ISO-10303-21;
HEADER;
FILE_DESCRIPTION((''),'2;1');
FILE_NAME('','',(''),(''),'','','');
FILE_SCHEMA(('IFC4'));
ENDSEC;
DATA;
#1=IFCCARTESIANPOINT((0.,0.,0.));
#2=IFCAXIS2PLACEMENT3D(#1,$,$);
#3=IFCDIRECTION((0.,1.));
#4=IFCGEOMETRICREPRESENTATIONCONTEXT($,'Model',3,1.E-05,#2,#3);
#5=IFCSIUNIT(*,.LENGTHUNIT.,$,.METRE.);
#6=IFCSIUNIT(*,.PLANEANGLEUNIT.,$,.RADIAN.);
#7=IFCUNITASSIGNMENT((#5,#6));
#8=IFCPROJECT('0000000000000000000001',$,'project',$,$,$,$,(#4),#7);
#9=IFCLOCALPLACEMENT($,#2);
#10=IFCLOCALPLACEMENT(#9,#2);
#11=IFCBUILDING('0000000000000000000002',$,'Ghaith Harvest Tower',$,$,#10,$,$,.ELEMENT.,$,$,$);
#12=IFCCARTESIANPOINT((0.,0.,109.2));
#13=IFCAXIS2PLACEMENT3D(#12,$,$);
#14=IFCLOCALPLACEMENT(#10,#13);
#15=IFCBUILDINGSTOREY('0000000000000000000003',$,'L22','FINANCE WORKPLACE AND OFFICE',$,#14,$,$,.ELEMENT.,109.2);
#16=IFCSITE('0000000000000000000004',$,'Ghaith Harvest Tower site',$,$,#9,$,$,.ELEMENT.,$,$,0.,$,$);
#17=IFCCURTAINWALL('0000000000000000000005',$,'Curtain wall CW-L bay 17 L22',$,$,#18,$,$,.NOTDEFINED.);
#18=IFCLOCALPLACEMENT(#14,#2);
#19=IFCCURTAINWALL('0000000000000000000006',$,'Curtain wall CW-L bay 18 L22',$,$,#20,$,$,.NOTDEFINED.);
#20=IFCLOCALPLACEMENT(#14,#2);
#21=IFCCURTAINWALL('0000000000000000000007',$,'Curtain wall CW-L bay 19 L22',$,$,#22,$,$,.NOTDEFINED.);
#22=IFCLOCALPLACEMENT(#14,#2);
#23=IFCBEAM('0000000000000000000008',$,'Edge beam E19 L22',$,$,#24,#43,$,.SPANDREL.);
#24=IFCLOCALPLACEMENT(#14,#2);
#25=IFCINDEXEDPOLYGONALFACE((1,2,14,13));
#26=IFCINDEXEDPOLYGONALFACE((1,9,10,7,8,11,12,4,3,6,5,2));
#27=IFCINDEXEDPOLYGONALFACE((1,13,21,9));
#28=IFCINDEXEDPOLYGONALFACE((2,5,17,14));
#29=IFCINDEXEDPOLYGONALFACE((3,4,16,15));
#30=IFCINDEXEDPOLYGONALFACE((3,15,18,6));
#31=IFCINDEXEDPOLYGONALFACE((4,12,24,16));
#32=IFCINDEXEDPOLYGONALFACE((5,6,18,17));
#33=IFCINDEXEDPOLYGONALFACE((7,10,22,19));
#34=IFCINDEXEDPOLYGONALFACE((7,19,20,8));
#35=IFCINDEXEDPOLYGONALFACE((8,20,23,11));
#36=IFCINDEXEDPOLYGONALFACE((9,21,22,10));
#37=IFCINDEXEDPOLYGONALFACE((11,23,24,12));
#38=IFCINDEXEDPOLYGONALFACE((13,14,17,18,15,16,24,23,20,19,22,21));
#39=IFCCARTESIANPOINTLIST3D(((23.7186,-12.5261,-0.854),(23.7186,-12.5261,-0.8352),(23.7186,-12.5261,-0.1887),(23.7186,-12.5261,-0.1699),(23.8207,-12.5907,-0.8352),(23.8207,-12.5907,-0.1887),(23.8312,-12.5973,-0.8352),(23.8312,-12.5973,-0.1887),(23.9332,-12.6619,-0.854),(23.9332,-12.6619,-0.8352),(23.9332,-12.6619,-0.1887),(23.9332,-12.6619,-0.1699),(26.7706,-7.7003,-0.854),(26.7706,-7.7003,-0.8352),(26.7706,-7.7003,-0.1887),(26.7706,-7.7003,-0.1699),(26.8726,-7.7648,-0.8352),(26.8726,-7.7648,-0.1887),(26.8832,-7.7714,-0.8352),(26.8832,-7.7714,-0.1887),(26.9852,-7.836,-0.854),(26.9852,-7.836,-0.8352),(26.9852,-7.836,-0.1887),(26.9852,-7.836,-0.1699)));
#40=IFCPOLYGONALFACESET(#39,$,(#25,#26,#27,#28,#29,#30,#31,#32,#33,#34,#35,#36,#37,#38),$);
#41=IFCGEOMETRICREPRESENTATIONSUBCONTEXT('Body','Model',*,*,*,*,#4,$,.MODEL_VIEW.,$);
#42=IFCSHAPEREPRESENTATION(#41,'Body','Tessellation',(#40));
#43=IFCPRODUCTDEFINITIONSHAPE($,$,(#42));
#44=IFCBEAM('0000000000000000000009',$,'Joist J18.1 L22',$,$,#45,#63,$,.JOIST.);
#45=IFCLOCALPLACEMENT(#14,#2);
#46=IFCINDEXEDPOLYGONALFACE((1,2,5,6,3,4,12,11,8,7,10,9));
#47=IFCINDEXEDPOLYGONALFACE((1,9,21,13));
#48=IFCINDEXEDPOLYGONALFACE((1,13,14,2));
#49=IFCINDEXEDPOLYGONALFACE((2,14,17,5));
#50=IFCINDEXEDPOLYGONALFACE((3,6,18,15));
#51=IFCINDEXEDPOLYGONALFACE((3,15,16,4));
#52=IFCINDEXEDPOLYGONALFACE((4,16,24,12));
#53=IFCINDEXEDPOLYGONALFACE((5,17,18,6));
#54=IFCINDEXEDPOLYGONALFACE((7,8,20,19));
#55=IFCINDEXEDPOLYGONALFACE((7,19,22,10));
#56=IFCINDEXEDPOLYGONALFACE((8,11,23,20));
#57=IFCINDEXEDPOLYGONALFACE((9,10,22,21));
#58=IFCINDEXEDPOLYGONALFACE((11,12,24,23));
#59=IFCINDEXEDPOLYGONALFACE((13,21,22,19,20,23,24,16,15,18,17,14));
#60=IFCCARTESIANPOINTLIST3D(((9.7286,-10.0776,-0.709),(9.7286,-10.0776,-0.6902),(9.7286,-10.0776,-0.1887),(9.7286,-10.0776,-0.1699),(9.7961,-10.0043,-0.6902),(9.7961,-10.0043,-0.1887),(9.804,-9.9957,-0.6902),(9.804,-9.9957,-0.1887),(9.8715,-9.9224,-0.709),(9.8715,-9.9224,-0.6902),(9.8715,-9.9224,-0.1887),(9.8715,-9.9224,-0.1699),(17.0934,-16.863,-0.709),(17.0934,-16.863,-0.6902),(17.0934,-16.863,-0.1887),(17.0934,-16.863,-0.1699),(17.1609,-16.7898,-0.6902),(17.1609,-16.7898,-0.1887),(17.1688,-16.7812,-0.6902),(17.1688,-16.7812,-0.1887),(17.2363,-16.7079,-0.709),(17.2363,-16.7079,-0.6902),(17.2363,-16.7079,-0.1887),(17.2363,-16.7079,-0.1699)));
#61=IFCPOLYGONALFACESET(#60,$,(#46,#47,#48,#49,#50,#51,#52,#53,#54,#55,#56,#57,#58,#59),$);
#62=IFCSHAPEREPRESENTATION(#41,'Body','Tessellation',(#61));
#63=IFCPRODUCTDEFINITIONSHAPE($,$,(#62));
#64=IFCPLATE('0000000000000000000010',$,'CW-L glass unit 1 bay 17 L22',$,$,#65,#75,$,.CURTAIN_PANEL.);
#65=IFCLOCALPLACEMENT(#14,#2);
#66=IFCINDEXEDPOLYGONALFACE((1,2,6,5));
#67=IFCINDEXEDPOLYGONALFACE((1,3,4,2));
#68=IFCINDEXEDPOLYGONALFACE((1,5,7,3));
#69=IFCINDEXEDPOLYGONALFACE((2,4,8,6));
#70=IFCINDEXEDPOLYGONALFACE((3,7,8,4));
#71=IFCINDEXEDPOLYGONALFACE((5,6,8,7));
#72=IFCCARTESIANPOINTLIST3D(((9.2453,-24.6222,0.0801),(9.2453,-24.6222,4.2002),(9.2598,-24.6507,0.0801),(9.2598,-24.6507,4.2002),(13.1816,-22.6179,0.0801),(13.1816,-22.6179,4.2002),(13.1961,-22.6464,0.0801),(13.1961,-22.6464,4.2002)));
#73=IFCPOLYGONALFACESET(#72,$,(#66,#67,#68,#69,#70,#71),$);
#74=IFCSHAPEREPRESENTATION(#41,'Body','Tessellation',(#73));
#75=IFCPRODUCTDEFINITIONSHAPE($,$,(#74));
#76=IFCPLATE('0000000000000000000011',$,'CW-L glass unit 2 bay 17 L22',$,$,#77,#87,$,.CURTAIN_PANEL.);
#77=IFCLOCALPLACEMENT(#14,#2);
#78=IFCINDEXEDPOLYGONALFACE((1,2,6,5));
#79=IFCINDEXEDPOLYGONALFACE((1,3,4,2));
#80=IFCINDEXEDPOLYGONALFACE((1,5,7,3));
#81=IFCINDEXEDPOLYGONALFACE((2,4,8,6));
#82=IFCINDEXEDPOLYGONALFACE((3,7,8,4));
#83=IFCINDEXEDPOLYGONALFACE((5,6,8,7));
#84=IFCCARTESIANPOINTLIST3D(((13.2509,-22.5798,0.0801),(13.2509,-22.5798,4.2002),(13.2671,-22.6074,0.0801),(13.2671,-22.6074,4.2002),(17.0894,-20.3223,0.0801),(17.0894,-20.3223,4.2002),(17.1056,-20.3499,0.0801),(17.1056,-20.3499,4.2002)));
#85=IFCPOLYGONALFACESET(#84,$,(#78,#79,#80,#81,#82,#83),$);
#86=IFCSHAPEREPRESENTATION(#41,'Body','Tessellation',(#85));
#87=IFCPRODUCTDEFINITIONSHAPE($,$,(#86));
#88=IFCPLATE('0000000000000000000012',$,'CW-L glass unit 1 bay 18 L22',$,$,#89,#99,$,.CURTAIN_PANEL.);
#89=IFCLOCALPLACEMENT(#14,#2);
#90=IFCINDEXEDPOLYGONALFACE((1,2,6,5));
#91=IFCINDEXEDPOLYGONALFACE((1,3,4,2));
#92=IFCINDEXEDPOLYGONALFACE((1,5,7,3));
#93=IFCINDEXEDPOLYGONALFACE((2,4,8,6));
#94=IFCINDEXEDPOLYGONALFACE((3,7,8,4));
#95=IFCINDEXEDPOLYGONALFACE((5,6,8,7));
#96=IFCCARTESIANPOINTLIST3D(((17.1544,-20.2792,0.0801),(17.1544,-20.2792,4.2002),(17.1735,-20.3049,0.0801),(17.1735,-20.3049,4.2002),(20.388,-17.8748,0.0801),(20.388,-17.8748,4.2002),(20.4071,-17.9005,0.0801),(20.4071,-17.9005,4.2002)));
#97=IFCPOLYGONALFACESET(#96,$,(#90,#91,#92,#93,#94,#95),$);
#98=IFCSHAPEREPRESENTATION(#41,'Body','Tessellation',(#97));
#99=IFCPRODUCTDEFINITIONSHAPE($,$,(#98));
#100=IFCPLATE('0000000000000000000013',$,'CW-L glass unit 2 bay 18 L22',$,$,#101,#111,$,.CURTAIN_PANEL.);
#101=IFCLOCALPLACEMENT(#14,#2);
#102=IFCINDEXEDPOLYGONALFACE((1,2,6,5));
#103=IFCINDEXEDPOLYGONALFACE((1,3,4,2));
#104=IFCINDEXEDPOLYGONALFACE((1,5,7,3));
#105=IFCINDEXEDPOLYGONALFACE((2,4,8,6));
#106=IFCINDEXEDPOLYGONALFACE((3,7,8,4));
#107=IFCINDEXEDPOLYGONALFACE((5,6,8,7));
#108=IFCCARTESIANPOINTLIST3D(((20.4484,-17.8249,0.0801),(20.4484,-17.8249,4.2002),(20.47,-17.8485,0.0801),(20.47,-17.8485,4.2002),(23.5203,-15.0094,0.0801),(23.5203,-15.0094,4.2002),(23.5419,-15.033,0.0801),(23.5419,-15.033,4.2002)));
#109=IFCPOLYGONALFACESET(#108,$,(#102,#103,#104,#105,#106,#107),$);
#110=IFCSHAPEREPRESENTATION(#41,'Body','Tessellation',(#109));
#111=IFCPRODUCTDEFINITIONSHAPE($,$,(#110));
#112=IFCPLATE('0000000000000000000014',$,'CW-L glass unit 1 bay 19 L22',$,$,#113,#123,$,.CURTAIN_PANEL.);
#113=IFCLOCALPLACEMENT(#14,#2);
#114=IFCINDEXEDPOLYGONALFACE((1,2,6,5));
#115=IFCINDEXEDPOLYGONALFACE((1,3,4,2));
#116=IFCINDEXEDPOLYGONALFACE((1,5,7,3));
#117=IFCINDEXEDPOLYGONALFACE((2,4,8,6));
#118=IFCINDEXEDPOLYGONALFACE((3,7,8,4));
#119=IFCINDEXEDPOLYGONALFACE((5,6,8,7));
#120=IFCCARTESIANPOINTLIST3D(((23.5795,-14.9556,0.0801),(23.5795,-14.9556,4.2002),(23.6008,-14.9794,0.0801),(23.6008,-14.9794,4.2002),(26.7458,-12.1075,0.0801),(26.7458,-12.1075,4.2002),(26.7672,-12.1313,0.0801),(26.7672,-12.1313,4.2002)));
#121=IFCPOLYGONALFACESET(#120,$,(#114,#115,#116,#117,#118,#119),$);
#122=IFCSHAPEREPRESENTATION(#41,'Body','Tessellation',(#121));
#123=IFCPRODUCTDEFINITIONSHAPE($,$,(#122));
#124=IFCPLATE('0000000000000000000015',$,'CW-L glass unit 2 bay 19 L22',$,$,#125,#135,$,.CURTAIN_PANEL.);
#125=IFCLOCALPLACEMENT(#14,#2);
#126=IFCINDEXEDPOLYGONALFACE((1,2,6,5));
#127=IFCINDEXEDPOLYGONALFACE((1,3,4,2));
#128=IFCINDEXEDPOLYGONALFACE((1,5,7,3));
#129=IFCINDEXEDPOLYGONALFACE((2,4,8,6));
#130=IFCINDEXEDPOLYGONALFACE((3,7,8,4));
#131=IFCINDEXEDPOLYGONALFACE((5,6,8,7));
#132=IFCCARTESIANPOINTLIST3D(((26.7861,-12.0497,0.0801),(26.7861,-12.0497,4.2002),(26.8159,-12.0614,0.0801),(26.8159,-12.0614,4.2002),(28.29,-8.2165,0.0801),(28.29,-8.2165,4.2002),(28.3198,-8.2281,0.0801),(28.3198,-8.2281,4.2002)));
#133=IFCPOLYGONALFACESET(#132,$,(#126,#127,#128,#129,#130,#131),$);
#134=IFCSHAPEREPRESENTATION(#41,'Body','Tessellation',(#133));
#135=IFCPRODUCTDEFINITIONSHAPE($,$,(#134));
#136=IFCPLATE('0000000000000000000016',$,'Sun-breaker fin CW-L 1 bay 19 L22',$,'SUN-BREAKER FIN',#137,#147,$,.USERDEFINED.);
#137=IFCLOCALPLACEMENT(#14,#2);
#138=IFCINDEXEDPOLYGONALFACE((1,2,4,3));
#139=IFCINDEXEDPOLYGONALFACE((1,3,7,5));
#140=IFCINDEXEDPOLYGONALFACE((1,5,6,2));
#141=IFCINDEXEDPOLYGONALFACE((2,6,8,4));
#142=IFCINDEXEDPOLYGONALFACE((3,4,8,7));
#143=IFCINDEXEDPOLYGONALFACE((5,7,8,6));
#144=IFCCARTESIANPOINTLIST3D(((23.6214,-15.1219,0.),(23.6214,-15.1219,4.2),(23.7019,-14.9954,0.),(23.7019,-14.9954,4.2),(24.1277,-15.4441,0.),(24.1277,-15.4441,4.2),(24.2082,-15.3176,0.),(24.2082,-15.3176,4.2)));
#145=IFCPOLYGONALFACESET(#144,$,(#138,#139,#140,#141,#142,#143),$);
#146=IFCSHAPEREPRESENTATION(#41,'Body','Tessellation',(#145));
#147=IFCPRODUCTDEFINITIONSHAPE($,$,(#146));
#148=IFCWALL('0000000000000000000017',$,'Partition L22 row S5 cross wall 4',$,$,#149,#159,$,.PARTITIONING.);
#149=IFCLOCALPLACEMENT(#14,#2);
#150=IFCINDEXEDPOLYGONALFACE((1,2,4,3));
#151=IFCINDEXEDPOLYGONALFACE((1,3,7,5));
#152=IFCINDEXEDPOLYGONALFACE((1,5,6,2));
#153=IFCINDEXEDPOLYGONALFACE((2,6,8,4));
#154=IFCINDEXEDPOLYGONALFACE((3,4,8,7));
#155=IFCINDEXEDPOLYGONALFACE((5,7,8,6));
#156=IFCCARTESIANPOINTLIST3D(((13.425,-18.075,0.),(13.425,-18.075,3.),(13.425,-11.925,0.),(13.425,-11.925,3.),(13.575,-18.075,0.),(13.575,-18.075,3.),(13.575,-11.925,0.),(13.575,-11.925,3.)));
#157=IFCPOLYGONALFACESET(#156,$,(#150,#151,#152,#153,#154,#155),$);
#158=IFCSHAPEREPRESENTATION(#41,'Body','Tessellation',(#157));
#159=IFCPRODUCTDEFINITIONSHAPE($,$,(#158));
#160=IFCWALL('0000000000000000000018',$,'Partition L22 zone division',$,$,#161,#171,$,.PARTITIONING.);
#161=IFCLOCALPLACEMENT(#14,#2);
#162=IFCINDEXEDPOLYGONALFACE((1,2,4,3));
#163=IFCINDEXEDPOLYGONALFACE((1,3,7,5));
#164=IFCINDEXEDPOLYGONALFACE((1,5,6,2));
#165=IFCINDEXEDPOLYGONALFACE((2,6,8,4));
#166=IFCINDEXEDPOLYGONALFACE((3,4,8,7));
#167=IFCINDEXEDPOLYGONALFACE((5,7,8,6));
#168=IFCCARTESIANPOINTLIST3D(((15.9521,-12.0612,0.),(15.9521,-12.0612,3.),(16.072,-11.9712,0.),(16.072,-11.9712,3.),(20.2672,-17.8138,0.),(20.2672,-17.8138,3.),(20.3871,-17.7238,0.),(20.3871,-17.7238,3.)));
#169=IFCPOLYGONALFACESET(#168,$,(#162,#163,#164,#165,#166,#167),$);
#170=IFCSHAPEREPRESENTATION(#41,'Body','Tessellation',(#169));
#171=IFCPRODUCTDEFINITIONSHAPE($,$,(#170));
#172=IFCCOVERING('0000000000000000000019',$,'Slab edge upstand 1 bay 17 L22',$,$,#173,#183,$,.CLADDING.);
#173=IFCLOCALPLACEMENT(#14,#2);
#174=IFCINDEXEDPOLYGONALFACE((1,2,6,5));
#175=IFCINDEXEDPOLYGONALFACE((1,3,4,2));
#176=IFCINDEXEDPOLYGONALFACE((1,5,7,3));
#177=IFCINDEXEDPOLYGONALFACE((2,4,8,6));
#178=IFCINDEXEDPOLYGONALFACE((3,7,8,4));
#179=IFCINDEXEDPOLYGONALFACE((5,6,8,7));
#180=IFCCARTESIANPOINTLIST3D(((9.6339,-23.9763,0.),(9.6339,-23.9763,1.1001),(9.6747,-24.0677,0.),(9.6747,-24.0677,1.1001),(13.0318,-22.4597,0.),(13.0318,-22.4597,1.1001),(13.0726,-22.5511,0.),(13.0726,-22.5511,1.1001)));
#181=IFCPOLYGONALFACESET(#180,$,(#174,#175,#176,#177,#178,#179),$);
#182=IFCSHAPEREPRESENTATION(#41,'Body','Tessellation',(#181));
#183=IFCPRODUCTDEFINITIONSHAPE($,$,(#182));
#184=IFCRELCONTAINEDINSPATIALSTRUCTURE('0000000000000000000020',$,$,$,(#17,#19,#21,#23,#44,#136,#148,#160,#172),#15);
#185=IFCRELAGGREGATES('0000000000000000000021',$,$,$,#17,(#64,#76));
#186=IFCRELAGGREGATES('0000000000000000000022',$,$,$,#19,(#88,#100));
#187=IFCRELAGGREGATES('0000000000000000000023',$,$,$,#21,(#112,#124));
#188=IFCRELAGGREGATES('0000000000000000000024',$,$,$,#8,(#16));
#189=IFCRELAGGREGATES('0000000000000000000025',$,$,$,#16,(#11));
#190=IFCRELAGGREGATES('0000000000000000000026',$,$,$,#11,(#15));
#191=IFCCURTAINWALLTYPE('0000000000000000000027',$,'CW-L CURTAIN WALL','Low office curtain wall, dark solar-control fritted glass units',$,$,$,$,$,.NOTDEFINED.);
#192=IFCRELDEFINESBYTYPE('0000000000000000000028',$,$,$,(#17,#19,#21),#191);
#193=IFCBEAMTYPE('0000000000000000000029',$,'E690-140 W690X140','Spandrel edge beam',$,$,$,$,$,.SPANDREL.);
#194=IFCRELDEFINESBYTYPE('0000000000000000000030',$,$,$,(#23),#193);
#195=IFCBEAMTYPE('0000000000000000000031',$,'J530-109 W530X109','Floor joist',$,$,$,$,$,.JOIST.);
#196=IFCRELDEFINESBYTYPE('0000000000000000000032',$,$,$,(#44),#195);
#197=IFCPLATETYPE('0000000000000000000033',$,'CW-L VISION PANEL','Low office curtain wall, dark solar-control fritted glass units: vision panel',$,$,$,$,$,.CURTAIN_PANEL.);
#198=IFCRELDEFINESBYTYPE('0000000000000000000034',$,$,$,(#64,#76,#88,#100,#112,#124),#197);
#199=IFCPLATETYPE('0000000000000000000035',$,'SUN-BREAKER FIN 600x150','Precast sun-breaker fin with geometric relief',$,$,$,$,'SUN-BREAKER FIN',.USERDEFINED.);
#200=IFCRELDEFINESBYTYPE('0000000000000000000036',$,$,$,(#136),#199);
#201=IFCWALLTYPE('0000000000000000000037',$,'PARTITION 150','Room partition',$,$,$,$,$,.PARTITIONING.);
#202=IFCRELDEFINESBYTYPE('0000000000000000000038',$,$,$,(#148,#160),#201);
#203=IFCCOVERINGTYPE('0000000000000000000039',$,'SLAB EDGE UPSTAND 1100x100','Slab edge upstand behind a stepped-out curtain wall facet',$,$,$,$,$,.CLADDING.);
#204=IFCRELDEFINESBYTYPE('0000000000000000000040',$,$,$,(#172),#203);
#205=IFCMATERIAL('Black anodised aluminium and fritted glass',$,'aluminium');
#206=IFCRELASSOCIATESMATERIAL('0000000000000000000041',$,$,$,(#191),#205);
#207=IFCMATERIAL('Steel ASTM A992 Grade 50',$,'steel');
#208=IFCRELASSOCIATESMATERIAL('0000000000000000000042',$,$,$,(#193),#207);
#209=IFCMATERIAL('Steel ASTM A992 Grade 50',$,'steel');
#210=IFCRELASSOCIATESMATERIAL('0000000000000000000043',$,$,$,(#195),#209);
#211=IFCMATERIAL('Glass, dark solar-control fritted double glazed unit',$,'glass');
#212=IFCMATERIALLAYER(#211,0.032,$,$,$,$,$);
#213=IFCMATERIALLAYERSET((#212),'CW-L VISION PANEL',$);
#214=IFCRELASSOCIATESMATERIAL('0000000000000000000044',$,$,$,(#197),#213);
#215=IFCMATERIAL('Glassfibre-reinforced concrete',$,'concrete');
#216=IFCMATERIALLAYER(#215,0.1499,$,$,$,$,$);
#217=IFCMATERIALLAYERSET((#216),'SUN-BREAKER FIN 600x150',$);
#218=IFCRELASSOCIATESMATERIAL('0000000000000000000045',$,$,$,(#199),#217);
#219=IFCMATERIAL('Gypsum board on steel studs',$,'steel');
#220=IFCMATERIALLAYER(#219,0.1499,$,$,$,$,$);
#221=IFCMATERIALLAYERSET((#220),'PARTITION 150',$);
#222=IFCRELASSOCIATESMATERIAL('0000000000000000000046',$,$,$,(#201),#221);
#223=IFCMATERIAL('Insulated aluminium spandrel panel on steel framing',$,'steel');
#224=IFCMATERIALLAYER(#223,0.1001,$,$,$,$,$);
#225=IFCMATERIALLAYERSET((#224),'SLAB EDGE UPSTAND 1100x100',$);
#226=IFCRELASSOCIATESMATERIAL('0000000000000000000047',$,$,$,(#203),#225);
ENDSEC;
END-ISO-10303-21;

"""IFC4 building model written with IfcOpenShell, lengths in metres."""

from ifc_helpers import new_model, si_unit, direction, frame, frame_2d, origin, origin_2d, place, context, subcontext, project, spatial, rectangle, i_section, extrude, material, layer, layer_set, material_profile, profile_set, type_object, element, aggregate, save


model = new_model("IFC4")

# Units and contexts
model_context = context("Model", 3, precision=1e-05, world=origin(), true_north=direction((0.0, 1.0)))
body_context = subcontext(model_context, "Body", "Model", "MODEL_VIEW")
ifc_project = project(units=[si_unit("LENGTHUNIT", "METRE"), si_unit("PLANEANGLEUNIT", "RADIAN")], contexts=[model_context])

# Site, building, storey
site_placement = place(None, origin())
site = spatial("IfcSite", under=ifc_project, at=site_placement, Name="Ghaith Harvest Tower site", CompositionType="ELEMENT", RefElevation=0.0)
building_placement = place(site_placement, origin())
building = spatial("IfcBuilding", under=site, at=building_placement, Name="Ghaith Harvest Tower", CompositionType="ELEMENT")
storey_placement = place(building_placement, frame((0.0, 0.0, 109.2)))
storey = spatial("IfcBuildingStorey", under=building, at=storey_placement, Name="L22", Description="FINANCE WORKPLACE AND OFFICE", CompositionType="ELEMENT", Elevation=109.2)

# Curtain wall
ifc_material_1 = material(Name="Black anodised aluminium and fritted glass", Category="aluminium")
curtain_wall_type = type_object("IfcCurtainWallType", Name="CW-L CURTAIN WALL", Description="Low office curtain wall, dark solar-control fritted glass units", PredefinedType="NOTDEFINED", material=ifc_material_1)
curtain_wall_1_placement = place(storey_placement, origin())
curtain_wall_1 = element("IfcCurtainWall", 1, at=curtain_wall_1_placement, inside=storey, type_object=curtain_wall_type, Name="Curtain wall CW-L bay 17 L22", PredefinedType="NOTDEFINED")

# Curtain walls
curtain_wall_2_placement = place(storey_placement, origin())
curtain_wall_2 = element("IfcCurtainWall", 2, at=curtain_wall_2_placement, inside=storey, type_object=curtain_wall_type, Name="Curtain wall CW-L bay 18 L22", PredefinedType="NOTDEFINED")
curtain_wall_3_placement = place(storey_placement, origin())
curtain_wall_3 = element("IfcCurtainWall", 3, at=curtain_wall_3_placement, inside=storey, type_object=curtain_wall_type, Name="Curtain wall CW-L bay 19 L22", PredefinedType="NOTDEFINED")

# Beams
ifc_material_2 = material(Name="Steel ASTM A992 Grade 50", Category="steel")
ifc_material_profile_1 = material_profile(ifc_material_2, i_section(OverallWidth=0.2539, OverallDepth=0.6841, WebThickness=0.0125, FlangeThickness=0.0188, at=origin_2d()), Name="W690X140")
ifc_profile_set_1 = profile_set([ifc_material_profile_1], Name="Steel ASTM A992 Grade 50")
beam_type_1 = type_object("IfcBeamType", Name="E690-140 W690X140", Description="Spandrel edge beam", PredefinedType="SPANDREL", material=ifc_profile_set_1)
beam_1_placement = place(storey_placement, frame((23.8259, -12.594, -0.512), z_axis=(0.5345, 0.845169, 0.0), x_axis=(-0.845169, 0.5345, 0.0)))
element("IfcBeam", 4, at=beam_1_placement, inside=storey, type_object=beam_type_1, Name="Edge beam E19 L22", PredefinedType="SPANDREL", context=body_context, shape_type="SweptSolid", body=[
    extrude(i_section(OverallWidth=0.2539, OverallDepth=0.6841, WebThickness=0.0125, FlangeThickness=0.0188, at=origin_2d()), origin(), (0.0, 0.0, 1.0), 5.71),
])
ifc_material_3 = material(Name="Steel ASTM A992 Grade 50", Category="steel")
ifc_material_profile_2 = material_profile(ifc_material_3, i_section(OverallWidth=0.2109, OverallDepth=0.5391, WebThickness=0.0117, FlangeThickness=0.0188, at=origin_2d()), Name="W530X109")
ifc_profile_set_2 = profile_set([ifc_material_profile_2], Name="Steel ASTM A992 Grade 50")
beam_type_2 = type_object("IfcBeamType", Name="J530-109 W530X109", Description="Floor joist", PredefinedType="JOIST", material=ifc_profile_set_2)
beam_2_placement = place(storey_placement, frame((9.8, -10.0, -0.4395), z_axis=(0.735442, -0.677588, 0.0), x_axis=(0.677588, 0.735442, 0.0)))
element("IfcBeam", 5, at=beam_2_placement, inside=storey, type_object=beam_type_2, Name="Joist J18.1 L22", PredefinedType="JOIST", context=body_context, shape_type="SweptSolid", body=[
    extrude(i_section(OverallWidth=0.2109, OverallDepth=0.5391, WebThickness=0.0117, FlangeThickness=0.0188, at=origin_2d()), origin(), (0.0, 0.0, 1.0), 10.0142),
])

# Plates
ifc_material_4 = material(Name="Glass, dark solar-control fritted double glazed unit", Category="glass")
ifc_layer_1 = layer(ifc_material_4, 0.032)
ifc_layer_set_1 = layer_set([ifc_layer_1], Name="CW-L VISION PANEL")
plate_type_1 = type_object("IfcPlateType", Name="CW-L VISION PANEL", Description="Low office curtain wall, dark solar-control fritted glass units: vision panel", PredefinedType="CURTAIN_PANEL", material=ifc_layer_set_1)
plate_1_placement = place(storey_placement, frame((11.2207, -23.6343, 0.0801), z_axis=(0.0, 0.0, 1.0), x_axis=(0.891127, 0.453754, 0.0)))
plate_1 = element("IfcPlate", 6, at=plate_1_placement, type_object=plate_type_1, Name="CW-L glass unit 1 bay 17 L22", PredefinedType="CURTAIN_PANEL", context=body_context, shape_type="SweptSolid", body=[
    extrude(rectangle(XDim=4.4172, YDim=0.032, at=origin_2d()), origin(), (0.0, 0.0, 1.0), 4.1201),
])
plate_2_placement = place(storey_placement, frame((15.1782, -21.4648, 0.0801), z_axis=(0.0, 0.0, 1.0), x_axis=(0.861979, 0.506943, 0.0)))
plate_2 = element("IfcPlate", 7, at=plate_2_placement, type_object=plate_type_1, Name="CW-L glass unit 2 bay 17 L22", PredefinedType="CURTAIN_PANEL", context=body_context, shape_type="SweptSolid", body=[
    extrude(rectangle(XDim=4.4531, YDim=0.032, at=origin_2d()), origin(), (0.0, 0.0, 1.0), 4.1201),
])
aggregate(curtain_wall_1, [plate_1, plate_2])
plate_3_placement = place(storey_placement, frame((18.7808, -19.0898, 0.0801), z_axis=(0.0, 0.0, 1.0), x_axis=(0.802462, 0.596703, 0.0)))
plate_3 = element("IfcPlate", 8, at=plate_3_placement, type_object=plate_type_1, Name="CW-L glass unit 1 bay 18 L22", PredefinedType="CURTAIN_PANEL", context=body_context, shape_type="SweptSolid", body=[
    extrude(rectangle(XDim=4.0295, YDim=0.032, at=origin_2d()), origin(), (0.0, 0.0, 1.0), 4.1201),
])
plate_4_placement = place(storey_placement, frame((21.9951, -16.429, 0.0801), z_axis=(0.0, 0.0, 1.0), x_axis=(0.737202, 0.675673, 0.0)))
plate_4 = element("IfcPlate", 9, at=plate_4_placement, type_object=plate_type_1, Name="CW-L glass unit 2 bay 18 L22", PredefinedType="CURTAIN_PANEL", context=body_context, shape_type="SweptSolid", body=[
    extrude(rectangle(XDim=4.167, YDim=0.032, at=origin_2d()), origin(), (0.0, 0.0, 1.0), 4.1201),
])
aggregate(curtain_wall_2, [plate_3, plate_4])
plate_5_placement = place(storey_placement, frame((25.1733, -13.5435, 0.0801), z_axis=(0.0, 0.0, 1.0), x_axis=(0.743493, 0.668744, 0.0)))
plate_5 = element("IfcPlate", 10, at=plate_5_placement, type_object=plate_type_1, Name="CW-L glass unit 1 bay 19 L22", PredefinedType="CURTAIN_PANEL", context=body_context, shape_type="SweptSolid", body=[
    extrude(rectangle(XDim=4.2588, YDim=0.032, at=origin_2d()), origin(), (0.0, 0.0, 1.0), 4.1201),
])
plate_6_placement = place(storey_placement, frame((27.553, -10.1389, 0.0801), z_axis=(0.0, 0.0, 1.0), x_axis=(0.365226, 0.930919, 0.0)))
plate_6 = element("IfcPlate", 11, at=plate_6_placement, type_object=plate_type_1, Name="CW-L glass unit 2 bay 19 L22", PredefinedType="CURTAIN_PANEL", context=body_context, shape_type="SweptSolid", body=[
    extrude(rectangle(XDim=4.1177, YDim=0.032, at=origin_2d()), origin(), (0.0, 0.0, 1.0), 4.1201),
])
aggregate(curtain_wall_3, [plate_5, plate_6])
ifc_material_5 = material(Name="Glassfibre-reinforced concrete", Category="concrete")
ifc_layer_2 = layer(ifc_material_5, 0.1499)
ifc_layer_set_2 = layer_set([ifc_layer_2], Name="SUN-BREAKER FIN 600x150")
plate_type_2 = type_object("IfcPlateType", Name="SUN-BREAKER FIN 600x150", Description="Precast sun-breaker fin with geometric relief", ElementType="SUN-BREAKER FIN", PredefinedType="USERDEFINED", material=ifc_layer_set_2)
plate_7_placement = place(storey_placement, frame((23.9148, -15.2197, 0.0), z_axis=(0.0, 0.0, 1.0), x_axis=(0.843644, -0.536903, 0.0)))
element("IfcPlate", 12, at=plate_7_placement, inside=storey, type_object=plate_type_2, Name="Sun-breaker fin CW-L 1 bay 19 L22", ObjectType="SUN-BREAKER FIN", PredefinedType="USERDEFINED", context=body_context, shape_type="SweptSolid", body=[
    extrude(rectangle(XDim=0.6001, YDim=0.1499, at=origin_2d()), origin(), (0.0, 0.0, 1.0), 4.2),
])

# Walls
ifc_material_6 = material(Name="Gypsum board on steel studs", Category="steel")
ifc_layer_3 = layer(ifc_material_6, 0.1499)
ifc_layer_set_3 = layer_set([ifc_layer_3], Name="PARTITION 150")
wall_type = type_object("IfcWallType", Name="PARTITION 150", Description="Room partition", PredefinedType="PARTITIONING", material=ifc_layer_set_3)
wall_1_placement = place(storey_placement, frame((13.5, -11.925, 0.0), z_axis=(0.0, 0.0, 1.0), x_axis=(0.0, -1.0, 0.0)))
element("IfcWall", 13, at=wall_1_placement, inside=storey, type_object=wall_type, Name="Partition L22 row S5 cross wall 4", PredefinedType="PARTITIONING", context=body_context, shape_type="SweptSolid", body=[
    extrude(rectangle(XDim=6.1499, YDim=0.1499, at=frame_2d((3.075, 0.0))), origin(), (0.0, 0.0, 1.0), 3.0),
])
wall_2_placement = place(storey_placement, frame((16.012, -12.0161, 0.0), z_axis=(0.0, 0.0, 1.0), x_axis=(0.60006, -0.799955, 0.0)))
element("IfcWall", 14, at=wall_2_placement, inside=storey, type_object=wall_type, Name="Partition L22 zone division", PredefinedType="PARTITIONING", context=body_context, shape_type="SweptSolid", body=[
    extrude(rectangle(XDim=7.1912, YDim=0.1499, at=frame_2d((3.5957, 0.0))), origin(), (0.0, 0.0, 1.0), 3.0),
])

# Covering
ifc_material_7 = material(Name="Insulated aluminium spandrel panel on steel framing", Category="steel")
ifc_layer_4 = layer(ifc_material_7, 0.1001)
ifc_layer_set_4 = layer_set([ifc_layer_4], Name="SLAB EDGE UPSTAND 1100x100")
covering_type = type_object("IfcCoveringType", Name="SLAB EDGE UPSTAND 1100x100", Description="Slab edge upstand behind a stepped-out curtain wall facet", PredefinedType="CLADDING", material=ifc_layer_set_4)
covering_1_placement = place(storey_placement, frame((11.3533, -23.2637, 0.0), z_axis=(0.0, 0.0, 1.0), x_axis=(0.91317, 0.407578, 0.0)))
element("IfcCovering", 15, at=covering_1_placement, inside=storey, type_object=covering_type, Name="Slab edge upstand 1 bay 17 L22", PredefinedType="CLADDING", context=body_context, shape_type="SweptSolid", body=[
    extrude(rectangle(XDim=3.7209, YDim=0.1001, at=origin_2d()), origin(), (0.0, 0.0, 1.0), 1.1001),
])

save(model, "model.ifc")
